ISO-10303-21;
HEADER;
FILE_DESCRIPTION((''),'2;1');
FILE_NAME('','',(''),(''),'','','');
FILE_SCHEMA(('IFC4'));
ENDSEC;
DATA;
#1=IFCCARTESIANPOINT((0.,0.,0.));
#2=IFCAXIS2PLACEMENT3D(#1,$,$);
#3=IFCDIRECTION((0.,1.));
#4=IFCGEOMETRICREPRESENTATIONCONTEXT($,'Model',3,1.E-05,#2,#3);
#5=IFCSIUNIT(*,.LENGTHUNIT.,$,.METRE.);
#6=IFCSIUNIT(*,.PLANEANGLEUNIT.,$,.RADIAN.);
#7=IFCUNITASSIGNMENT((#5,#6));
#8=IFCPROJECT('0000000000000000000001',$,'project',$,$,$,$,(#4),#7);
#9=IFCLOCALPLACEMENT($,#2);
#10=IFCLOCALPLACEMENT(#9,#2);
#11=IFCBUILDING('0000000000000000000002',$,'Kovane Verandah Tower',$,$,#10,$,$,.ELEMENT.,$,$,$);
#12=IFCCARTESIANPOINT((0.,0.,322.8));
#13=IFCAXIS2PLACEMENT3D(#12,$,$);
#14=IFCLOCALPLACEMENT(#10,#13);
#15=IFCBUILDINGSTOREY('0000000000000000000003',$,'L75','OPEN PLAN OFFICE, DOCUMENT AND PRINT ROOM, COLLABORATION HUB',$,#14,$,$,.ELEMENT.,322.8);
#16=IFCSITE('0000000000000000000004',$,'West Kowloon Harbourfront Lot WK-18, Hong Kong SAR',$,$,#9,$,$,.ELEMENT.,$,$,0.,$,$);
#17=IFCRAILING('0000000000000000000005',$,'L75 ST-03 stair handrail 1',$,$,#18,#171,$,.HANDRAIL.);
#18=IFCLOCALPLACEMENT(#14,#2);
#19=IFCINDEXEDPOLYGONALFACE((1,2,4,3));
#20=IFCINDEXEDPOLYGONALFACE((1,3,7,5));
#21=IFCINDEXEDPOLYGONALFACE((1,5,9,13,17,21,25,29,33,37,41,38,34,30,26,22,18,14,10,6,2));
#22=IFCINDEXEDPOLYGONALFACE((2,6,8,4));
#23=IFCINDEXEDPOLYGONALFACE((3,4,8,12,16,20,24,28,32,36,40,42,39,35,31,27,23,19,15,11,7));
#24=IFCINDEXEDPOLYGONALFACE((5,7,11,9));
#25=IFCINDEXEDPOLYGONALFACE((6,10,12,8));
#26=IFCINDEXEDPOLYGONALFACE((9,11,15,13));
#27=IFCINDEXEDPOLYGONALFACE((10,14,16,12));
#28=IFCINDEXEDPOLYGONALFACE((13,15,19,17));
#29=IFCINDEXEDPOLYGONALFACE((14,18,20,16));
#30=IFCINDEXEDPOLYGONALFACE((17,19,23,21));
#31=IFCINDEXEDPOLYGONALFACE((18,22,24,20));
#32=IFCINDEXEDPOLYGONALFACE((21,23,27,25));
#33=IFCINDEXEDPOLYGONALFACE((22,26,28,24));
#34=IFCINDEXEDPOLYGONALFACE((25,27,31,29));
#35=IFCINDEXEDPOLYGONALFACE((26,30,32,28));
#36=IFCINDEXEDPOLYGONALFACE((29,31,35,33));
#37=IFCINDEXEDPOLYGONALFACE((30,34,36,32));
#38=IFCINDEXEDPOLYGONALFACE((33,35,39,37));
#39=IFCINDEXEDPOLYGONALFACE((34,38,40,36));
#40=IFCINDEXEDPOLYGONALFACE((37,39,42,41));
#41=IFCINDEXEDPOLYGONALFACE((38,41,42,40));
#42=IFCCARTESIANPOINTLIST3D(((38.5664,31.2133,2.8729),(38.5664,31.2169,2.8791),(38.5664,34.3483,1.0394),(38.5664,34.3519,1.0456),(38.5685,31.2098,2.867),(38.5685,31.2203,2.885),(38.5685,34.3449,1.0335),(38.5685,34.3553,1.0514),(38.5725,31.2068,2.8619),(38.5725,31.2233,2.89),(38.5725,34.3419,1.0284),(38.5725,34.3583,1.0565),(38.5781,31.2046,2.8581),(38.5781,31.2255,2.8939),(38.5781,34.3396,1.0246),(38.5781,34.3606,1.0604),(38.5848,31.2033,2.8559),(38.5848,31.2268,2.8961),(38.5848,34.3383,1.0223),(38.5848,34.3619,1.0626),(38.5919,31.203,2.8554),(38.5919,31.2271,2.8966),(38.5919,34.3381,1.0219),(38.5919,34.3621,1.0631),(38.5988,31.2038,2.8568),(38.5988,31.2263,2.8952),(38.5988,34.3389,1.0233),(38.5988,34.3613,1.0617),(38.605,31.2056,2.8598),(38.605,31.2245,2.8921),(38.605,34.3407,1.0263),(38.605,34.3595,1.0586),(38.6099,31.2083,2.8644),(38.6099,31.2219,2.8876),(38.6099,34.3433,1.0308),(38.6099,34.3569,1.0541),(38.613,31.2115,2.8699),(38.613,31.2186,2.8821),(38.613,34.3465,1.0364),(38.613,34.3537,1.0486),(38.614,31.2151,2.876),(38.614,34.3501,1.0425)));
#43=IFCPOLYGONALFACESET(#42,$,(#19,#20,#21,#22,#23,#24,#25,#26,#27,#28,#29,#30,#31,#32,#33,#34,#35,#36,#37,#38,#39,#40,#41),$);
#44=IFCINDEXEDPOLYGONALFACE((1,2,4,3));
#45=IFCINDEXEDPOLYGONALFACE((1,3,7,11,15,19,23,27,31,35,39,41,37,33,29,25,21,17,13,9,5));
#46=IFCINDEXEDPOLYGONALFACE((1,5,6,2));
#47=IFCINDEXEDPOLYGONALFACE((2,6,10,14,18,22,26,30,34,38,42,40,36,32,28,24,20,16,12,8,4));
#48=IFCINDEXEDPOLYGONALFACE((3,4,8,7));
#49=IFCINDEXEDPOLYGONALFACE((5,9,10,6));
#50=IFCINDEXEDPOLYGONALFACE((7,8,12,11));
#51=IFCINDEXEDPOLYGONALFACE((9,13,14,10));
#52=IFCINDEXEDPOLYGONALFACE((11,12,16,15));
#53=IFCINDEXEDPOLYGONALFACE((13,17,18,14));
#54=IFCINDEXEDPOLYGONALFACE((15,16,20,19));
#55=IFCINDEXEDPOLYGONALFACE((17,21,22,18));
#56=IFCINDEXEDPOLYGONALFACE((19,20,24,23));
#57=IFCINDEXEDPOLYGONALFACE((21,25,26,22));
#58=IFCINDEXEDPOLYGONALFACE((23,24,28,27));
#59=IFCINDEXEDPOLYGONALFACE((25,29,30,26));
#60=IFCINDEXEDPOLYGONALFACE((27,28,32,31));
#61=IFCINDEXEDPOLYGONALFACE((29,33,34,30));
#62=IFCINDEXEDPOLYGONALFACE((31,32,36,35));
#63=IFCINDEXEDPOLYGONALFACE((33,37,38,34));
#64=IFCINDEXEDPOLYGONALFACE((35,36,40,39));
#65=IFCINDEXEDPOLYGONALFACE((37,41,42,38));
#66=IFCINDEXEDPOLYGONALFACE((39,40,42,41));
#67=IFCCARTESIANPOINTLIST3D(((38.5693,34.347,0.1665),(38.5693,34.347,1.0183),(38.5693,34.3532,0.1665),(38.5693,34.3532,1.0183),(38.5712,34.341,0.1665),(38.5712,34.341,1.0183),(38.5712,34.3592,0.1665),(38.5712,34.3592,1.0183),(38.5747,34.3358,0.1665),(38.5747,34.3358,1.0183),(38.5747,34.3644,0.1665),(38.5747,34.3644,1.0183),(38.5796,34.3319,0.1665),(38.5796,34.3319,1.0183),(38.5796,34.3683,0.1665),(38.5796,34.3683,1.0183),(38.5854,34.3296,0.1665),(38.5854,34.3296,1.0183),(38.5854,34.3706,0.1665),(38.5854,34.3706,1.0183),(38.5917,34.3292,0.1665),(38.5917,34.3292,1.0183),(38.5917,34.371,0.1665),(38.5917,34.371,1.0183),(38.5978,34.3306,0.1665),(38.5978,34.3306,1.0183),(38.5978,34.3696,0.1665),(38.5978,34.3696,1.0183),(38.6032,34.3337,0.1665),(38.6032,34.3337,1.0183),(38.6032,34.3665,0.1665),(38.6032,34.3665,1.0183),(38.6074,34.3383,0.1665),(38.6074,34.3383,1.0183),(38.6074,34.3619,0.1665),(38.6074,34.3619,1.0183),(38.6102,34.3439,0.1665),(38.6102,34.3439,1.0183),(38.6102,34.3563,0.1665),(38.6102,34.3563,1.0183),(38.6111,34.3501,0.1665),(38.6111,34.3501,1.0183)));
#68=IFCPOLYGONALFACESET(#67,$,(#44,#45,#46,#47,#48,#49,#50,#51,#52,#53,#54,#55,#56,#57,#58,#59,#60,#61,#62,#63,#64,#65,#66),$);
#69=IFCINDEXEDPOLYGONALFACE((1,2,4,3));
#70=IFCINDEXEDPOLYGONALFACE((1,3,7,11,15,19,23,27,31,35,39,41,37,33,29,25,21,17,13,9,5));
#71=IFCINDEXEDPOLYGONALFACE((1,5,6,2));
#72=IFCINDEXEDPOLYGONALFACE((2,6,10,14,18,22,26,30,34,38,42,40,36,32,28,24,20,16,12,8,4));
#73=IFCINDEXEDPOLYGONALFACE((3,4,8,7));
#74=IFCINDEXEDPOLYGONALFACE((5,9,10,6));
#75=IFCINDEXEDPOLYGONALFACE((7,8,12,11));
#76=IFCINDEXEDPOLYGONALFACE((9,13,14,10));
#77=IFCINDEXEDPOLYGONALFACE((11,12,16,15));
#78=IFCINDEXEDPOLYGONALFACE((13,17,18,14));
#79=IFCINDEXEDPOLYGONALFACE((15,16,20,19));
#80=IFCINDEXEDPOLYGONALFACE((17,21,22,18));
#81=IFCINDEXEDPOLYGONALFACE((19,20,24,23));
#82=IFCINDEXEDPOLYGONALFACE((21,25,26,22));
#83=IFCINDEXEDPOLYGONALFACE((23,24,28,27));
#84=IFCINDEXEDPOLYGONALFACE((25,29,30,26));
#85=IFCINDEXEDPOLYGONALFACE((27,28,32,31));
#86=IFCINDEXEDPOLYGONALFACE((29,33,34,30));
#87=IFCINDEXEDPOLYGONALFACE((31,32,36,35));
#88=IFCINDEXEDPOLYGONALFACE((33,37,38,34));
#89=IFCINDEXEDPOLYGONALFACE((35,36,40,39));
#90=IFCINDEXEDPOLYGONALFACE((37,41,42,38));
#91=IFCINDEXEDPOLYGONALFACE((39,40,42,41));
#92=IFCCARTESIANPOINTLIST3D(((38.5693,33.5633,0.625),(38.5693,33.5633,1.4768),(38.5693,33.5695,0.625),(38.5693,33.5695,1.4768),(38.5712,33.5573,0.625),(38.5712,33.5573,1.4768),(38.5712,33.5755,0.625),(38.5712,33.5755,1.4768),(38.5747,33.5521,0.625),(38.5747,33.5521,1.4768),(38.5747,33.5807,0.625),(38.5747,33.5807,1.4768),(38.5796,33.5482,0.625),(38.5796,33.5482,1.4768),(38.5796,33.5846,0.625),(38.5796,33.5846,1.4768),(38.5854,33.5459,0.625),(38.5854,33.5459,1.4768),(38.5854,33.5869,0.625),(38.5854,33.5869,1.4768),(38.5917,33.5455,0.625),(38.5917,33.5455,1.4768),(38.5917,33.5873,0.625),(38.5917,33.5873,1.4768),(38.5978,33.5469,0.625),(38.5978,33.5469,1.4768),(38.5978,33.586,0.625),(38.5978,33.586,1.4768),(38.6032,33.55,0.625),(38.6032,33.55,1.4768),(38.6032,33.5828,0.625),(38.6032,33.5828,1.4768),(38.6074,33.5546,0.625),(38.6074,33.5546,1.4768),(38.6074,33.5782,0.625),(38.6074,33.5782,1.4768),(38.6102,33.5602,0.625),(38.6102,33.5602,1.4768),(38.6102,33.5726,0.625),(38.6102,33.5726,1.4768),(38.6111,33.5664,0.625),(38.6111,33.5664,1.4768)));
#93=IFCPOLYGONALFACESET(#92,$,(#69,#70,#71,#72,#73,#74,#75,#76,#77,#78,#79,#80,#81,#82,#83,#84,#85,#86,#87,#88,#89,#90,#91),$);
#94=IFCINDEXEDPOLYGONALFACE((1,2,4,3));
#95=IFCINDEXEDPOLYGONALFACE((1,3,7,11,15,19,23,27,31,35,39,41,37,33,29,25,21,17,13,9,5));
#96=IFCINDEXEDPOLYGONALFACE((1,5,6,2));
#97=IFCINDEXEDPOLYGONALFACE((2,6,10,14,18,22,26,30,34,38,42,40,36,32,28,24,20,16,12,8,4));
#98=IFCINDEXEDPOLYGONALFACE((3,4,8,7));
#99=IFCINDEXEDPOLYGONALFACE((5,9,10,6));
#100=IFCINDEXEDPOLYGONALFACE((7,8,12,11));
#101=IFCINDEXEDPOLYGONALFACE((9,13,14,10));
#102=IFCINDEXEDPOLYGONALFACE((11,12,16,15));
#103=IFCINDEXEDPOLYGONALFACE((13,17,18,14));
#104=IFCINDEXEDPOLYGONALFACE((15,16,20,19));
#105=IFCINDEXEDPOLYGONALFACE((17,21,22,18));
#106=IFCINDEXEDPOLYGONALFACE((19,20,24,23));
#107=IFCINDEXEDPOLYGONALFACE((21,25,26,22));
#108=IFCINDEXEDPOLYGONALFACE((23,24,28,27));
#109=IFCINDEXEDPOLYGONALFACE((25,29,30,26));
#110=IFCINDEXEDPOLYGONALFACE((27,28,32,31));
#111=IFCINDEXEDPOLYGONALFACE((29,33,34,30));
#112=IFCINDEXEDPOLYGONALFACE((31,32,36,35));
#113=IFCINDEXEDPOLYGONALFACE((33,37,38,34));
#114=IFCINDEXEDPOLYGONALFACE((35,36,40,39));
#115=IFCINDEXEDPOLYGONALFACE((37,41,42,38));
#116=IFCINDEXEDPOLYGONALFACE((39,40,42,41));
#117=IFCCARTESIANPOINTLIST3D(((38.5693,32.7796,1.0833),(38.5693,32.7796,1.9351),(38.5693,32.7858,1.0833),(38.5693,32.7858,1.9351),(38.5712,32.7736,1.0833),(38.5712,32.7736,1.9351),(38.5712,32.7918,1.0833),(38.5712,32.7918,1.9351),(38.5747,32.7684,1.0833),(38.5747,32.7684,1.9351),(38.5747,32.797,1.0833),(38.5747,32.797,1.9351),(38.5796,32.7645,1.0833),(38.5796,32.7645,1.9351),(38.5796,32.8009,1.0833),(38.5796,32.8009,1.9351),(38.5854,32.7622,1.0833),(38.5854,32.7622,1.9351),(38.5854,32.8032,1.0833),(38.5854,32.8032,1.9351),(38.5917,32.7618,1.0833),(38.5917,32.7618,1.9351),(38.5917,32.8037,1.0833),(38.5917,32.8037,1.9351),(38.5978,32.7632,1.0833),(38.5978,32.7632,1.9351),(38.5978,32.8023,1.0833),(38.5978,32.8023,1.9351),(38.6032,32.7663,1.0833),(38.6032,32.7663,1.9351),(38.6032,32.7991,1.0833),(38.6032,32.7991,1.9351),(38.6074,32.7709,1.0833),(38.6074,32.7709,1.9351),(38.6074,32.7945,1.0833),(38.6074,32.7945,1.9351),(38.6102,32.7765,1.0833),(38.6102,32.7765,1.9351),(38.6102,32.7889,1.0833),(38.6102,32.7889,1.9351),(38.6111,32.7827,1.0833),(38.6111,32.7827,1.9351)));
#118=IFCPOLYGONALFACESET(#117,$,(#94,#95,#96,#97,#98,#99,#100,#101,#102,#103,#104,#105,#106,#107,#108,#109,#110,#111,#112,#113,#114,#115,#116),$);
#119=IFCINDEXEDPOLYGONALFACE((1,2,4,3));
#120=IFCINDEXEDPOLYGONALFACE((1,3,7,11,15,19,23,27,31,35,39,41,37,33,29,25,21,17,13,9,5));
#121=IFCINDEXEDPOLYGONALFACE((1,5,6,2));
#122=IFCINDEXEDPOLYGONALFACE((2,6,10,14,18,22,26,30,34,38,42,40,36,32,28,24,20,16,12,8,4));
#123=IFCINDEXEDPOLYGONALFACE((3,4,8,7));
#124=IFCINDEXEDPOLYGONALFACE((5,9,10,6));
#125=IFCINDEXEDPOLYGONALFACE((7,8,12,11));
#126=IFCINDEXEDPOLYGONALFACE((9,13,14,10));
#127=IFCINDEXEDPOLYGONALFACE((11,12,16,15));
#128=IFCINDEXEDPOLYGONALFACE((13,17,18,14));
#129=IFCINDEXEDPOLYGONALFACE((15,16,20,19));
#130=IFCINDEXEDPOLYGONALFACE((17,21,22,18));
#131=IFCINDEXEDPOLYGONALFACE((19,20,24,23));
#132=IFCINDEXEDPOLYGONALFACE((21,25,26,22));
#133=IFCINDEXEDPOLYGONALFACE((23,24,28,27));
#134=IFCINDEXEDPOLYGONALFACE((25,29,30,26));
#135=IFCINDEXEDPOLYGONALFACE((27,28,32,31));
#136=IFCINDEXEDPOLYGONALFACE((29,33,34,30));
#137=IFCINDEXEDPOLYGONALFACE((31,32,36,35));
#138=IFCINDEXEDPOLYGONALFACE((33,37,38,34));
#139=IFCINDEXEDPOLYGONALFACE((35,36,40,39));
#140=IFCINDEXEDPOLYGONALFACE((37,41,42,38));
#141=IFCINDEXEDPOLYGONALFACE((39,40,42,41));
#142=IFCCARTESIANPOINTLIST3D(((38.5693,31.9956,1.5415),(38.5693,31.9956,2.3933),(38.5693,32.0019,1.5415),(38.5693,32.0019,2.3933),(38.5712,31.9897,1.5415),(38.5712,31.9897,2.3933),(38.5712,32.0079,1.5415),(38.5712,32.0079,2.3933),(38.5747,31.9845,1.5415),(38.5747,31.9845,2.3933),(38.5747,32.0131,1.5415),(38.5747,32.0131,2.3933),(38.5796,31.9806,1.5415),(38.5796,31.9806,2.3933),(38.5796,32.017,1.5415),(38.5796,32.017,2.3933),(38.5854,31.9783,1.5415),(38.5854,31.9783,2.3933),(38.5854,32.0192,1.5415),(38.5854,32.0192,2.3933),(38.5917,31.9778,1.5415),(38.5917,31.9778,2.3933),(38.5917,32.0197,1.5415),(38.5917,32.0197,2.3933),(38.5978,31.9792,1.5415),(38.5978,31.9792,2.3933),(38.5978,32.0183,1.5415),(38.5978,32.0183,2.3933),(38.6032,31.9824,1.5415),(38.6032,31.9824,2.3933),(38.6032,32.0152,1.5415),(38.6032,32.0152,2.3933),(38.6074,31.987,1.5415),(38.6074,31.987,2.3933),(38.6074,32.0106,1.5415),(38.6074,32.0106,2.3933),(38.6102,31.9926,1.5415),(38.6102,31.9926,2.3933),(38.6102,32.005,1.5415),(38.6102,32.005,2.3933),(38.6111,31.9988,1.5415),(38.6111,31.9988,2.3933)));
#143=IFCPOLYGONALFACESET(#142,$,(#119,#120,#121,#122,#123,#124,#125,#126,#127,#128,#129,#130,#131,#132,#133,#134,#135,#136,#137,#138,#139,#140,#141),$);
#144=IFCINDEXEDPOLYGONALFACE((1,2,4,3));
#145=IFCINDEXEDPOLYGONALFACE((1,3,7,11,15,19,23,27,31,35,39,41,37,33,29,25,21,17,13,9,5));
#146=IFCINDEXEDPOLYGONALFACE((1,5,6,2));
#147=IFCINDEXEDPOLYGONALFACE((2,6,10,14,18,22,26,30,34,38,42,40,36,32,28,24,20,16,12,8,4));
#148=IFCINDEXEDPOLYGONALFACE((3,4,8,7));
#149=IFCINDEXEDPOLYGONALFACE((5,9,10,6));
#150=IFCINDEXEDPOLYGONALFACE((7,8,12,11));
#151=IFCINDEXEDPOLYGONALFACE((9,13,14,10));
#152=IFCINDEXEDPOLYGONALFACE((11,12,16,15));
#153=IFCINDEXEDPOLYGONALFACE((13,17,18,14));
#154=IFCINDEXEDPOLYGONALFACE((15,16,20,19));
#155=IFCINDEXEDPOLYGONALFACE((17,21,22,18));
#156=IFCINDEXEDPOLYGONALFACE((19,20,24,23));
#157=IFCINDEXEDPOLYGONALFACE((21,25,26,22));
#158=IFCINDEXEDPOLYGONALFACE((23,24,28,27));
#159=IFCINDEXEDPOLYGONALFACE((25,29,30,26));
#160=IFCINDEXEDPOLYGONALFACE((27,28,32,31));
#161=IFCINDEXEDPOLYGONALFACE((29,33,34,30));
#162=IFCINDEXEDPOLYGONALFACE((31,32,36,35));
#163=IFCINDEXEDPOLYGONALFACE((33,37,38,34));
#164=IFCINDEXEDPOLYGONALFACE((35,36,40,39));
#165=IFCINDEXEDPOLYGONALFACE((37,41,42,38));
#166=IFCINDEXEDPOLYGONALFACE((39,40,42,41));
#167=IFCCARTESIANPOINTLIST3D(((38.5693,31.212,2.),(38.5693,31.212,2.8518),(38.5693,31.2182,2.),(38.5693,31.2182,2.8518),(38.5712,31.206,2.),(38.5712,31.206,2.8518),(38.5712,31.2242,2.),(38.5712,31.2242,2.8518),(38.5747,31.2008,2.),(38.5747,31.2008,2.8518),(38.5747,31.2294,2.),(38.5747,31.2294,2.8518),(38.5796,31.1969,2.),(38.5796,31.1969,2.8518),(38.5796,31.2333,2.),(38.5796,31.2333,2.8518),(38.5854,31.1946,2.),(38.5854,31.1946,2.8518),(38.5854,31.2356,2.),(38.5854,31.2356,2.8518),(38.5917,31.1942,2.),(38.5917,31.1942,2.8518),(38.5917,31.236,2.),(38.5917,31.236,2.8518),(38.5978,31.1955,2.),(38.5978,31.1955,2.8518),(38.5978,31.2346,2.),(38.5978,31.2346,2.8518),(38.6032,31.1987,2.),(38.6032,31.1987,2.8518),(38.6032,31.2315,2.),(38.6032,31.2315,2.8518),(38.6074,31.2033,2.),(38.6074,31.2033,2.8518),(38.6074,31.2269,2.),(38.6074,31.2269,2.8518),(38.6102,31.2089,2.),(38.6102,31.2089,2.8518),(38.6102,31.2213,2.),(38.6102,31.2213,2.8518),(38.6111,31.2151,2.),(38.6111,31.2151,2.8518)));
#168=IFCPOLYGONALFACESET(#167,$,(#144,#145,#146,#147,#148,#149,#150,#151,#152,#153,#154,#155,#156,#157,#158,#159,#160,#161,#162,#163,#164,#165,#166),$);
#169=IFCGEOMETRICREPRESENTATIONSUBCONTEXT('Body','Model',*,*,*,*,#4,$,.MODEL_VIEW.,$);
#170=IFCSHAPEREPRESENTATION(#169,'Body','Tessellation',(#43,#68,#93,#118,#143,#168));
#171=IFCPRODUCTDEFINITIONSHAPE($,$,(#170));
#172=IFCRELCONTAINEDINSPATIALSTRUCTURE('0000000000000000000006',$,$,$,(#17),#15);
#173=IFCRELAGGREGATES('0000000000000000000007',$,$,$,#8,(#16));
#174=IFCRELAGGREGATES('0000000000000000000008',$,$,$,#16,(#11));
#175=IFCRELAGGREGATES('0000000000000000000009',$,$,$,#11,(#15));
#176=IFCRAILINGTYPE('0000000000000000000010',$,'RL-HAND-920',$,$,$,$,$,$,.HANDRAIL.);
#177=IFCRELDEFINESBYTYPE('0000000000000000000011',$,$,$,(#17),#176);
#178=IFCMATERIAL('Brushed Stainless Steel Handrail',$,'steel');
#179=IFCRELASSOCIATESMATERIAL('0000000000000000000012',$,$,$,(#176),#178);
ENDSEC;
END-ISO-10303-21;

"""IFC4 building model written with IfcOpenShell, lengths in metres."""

from ifc_helpers import new_model, si_unit, direction, frame, origin, origin_2d, place, context, subcontext, project, spatial, circle, extrude, material, type_object, element, save


model = new_model("IFC4")

# Units and contexts
model_context = context("Model", 3, precision=1e-05, world=origin(), true_north=direction((0.0, 1.0)))
body_context = subcontext(model_context, "Body", "Model", "MODEL_VIEW")
ifc_project = project(units=[si_unit("LENGTHUNIT", "METRE"), si_unit("PLANEANGLEUNIT", "RADIAN")], contexts=[model_context])

# Site, building, storey
site_placement = place(None, origin())
site = spatial("IfcSite", under=ifc_project, at=site_placement, Name="West Kowloon Harbourfront Lot WK-18, Hong Kong SAR", CompositionType="ELEMENT", RefElevation=0.0)
building_placement = place(site_placement, origin())
building = spatial("IfcBuilding", under=site, at=building_placement, Name="Kovane Verandah Tower", CompositionType="ELEMENT")
storey_placement = place(building_placement, frame((0.0, 0.0, 322.8)))
storey = spatial("IfcBuildingStorey", under=building, at=storey_placement, Name="L75", Description="OPEN PLAN OFFICE, DOCUMENT AND PRINT ROOM, COLLABORATION HUB", CompositionType="ELEMENT", Elevation=322.8)

# Railing
ifc_material_1 = material(Name="Brushed Stainless Steel Handrail", Category="steel")
railing_type_1 = type_object("IfcRailingType", Name="RL-HAND-920", PredefinedType="HANDRAIL", material=ifc_material_1)
for number, where, name in (
    (1, (38.5901, 34.3501, 0.1665), "L75 ST-03 stair handrail 1"),
):
    element("IfcRailing", number, at=place(storey_placement, frame(where)), inside=storey, type_object=railing_type_1, Name=name, PredefinedType="HANDRAIL", context=body_context, shape_type="SweptSolid", body=[
        extrude(circle(Radius=0.0239, at=origin_2d()), frame((0.0, 0.0, 0.876), z_axis=(0.0, -0.86321, 0.504845), x_axis=(1.0, 0.0, 0.0)), (0.0, 0.0, 1.0), 3.6318),
        extrude(circle(Radius=0.021, at=origin_2d()), origin(), (0.0, 0.0, 1.0), 0.8518),
        extrude(circle(Radius=0.021, at=origin_2d()), frame((0.0, -0.7837, 0.4585)), (0.0, 0.0, 1.0), 0.8518),
        extrude(circle(Radius=0.021, at=origin_2d()), frame((0.0, -1.5674, 0.9167)), (0.0, 0.0, 1.0), 0.8518),
        extrude(circle(Radius=0.021, at=origin_2d()), frame((0.0, -2.3513, 1.375)), (0.0, 0.0, 1.0), 0.8518),
        extrude(circle(Radius=0.021, at=origin_2d()), frame((0.0, -3.135, 1.8335)), (0.0, 0.0, 1.0), 0.8518),
    ])

save(model, "model.ifc")
